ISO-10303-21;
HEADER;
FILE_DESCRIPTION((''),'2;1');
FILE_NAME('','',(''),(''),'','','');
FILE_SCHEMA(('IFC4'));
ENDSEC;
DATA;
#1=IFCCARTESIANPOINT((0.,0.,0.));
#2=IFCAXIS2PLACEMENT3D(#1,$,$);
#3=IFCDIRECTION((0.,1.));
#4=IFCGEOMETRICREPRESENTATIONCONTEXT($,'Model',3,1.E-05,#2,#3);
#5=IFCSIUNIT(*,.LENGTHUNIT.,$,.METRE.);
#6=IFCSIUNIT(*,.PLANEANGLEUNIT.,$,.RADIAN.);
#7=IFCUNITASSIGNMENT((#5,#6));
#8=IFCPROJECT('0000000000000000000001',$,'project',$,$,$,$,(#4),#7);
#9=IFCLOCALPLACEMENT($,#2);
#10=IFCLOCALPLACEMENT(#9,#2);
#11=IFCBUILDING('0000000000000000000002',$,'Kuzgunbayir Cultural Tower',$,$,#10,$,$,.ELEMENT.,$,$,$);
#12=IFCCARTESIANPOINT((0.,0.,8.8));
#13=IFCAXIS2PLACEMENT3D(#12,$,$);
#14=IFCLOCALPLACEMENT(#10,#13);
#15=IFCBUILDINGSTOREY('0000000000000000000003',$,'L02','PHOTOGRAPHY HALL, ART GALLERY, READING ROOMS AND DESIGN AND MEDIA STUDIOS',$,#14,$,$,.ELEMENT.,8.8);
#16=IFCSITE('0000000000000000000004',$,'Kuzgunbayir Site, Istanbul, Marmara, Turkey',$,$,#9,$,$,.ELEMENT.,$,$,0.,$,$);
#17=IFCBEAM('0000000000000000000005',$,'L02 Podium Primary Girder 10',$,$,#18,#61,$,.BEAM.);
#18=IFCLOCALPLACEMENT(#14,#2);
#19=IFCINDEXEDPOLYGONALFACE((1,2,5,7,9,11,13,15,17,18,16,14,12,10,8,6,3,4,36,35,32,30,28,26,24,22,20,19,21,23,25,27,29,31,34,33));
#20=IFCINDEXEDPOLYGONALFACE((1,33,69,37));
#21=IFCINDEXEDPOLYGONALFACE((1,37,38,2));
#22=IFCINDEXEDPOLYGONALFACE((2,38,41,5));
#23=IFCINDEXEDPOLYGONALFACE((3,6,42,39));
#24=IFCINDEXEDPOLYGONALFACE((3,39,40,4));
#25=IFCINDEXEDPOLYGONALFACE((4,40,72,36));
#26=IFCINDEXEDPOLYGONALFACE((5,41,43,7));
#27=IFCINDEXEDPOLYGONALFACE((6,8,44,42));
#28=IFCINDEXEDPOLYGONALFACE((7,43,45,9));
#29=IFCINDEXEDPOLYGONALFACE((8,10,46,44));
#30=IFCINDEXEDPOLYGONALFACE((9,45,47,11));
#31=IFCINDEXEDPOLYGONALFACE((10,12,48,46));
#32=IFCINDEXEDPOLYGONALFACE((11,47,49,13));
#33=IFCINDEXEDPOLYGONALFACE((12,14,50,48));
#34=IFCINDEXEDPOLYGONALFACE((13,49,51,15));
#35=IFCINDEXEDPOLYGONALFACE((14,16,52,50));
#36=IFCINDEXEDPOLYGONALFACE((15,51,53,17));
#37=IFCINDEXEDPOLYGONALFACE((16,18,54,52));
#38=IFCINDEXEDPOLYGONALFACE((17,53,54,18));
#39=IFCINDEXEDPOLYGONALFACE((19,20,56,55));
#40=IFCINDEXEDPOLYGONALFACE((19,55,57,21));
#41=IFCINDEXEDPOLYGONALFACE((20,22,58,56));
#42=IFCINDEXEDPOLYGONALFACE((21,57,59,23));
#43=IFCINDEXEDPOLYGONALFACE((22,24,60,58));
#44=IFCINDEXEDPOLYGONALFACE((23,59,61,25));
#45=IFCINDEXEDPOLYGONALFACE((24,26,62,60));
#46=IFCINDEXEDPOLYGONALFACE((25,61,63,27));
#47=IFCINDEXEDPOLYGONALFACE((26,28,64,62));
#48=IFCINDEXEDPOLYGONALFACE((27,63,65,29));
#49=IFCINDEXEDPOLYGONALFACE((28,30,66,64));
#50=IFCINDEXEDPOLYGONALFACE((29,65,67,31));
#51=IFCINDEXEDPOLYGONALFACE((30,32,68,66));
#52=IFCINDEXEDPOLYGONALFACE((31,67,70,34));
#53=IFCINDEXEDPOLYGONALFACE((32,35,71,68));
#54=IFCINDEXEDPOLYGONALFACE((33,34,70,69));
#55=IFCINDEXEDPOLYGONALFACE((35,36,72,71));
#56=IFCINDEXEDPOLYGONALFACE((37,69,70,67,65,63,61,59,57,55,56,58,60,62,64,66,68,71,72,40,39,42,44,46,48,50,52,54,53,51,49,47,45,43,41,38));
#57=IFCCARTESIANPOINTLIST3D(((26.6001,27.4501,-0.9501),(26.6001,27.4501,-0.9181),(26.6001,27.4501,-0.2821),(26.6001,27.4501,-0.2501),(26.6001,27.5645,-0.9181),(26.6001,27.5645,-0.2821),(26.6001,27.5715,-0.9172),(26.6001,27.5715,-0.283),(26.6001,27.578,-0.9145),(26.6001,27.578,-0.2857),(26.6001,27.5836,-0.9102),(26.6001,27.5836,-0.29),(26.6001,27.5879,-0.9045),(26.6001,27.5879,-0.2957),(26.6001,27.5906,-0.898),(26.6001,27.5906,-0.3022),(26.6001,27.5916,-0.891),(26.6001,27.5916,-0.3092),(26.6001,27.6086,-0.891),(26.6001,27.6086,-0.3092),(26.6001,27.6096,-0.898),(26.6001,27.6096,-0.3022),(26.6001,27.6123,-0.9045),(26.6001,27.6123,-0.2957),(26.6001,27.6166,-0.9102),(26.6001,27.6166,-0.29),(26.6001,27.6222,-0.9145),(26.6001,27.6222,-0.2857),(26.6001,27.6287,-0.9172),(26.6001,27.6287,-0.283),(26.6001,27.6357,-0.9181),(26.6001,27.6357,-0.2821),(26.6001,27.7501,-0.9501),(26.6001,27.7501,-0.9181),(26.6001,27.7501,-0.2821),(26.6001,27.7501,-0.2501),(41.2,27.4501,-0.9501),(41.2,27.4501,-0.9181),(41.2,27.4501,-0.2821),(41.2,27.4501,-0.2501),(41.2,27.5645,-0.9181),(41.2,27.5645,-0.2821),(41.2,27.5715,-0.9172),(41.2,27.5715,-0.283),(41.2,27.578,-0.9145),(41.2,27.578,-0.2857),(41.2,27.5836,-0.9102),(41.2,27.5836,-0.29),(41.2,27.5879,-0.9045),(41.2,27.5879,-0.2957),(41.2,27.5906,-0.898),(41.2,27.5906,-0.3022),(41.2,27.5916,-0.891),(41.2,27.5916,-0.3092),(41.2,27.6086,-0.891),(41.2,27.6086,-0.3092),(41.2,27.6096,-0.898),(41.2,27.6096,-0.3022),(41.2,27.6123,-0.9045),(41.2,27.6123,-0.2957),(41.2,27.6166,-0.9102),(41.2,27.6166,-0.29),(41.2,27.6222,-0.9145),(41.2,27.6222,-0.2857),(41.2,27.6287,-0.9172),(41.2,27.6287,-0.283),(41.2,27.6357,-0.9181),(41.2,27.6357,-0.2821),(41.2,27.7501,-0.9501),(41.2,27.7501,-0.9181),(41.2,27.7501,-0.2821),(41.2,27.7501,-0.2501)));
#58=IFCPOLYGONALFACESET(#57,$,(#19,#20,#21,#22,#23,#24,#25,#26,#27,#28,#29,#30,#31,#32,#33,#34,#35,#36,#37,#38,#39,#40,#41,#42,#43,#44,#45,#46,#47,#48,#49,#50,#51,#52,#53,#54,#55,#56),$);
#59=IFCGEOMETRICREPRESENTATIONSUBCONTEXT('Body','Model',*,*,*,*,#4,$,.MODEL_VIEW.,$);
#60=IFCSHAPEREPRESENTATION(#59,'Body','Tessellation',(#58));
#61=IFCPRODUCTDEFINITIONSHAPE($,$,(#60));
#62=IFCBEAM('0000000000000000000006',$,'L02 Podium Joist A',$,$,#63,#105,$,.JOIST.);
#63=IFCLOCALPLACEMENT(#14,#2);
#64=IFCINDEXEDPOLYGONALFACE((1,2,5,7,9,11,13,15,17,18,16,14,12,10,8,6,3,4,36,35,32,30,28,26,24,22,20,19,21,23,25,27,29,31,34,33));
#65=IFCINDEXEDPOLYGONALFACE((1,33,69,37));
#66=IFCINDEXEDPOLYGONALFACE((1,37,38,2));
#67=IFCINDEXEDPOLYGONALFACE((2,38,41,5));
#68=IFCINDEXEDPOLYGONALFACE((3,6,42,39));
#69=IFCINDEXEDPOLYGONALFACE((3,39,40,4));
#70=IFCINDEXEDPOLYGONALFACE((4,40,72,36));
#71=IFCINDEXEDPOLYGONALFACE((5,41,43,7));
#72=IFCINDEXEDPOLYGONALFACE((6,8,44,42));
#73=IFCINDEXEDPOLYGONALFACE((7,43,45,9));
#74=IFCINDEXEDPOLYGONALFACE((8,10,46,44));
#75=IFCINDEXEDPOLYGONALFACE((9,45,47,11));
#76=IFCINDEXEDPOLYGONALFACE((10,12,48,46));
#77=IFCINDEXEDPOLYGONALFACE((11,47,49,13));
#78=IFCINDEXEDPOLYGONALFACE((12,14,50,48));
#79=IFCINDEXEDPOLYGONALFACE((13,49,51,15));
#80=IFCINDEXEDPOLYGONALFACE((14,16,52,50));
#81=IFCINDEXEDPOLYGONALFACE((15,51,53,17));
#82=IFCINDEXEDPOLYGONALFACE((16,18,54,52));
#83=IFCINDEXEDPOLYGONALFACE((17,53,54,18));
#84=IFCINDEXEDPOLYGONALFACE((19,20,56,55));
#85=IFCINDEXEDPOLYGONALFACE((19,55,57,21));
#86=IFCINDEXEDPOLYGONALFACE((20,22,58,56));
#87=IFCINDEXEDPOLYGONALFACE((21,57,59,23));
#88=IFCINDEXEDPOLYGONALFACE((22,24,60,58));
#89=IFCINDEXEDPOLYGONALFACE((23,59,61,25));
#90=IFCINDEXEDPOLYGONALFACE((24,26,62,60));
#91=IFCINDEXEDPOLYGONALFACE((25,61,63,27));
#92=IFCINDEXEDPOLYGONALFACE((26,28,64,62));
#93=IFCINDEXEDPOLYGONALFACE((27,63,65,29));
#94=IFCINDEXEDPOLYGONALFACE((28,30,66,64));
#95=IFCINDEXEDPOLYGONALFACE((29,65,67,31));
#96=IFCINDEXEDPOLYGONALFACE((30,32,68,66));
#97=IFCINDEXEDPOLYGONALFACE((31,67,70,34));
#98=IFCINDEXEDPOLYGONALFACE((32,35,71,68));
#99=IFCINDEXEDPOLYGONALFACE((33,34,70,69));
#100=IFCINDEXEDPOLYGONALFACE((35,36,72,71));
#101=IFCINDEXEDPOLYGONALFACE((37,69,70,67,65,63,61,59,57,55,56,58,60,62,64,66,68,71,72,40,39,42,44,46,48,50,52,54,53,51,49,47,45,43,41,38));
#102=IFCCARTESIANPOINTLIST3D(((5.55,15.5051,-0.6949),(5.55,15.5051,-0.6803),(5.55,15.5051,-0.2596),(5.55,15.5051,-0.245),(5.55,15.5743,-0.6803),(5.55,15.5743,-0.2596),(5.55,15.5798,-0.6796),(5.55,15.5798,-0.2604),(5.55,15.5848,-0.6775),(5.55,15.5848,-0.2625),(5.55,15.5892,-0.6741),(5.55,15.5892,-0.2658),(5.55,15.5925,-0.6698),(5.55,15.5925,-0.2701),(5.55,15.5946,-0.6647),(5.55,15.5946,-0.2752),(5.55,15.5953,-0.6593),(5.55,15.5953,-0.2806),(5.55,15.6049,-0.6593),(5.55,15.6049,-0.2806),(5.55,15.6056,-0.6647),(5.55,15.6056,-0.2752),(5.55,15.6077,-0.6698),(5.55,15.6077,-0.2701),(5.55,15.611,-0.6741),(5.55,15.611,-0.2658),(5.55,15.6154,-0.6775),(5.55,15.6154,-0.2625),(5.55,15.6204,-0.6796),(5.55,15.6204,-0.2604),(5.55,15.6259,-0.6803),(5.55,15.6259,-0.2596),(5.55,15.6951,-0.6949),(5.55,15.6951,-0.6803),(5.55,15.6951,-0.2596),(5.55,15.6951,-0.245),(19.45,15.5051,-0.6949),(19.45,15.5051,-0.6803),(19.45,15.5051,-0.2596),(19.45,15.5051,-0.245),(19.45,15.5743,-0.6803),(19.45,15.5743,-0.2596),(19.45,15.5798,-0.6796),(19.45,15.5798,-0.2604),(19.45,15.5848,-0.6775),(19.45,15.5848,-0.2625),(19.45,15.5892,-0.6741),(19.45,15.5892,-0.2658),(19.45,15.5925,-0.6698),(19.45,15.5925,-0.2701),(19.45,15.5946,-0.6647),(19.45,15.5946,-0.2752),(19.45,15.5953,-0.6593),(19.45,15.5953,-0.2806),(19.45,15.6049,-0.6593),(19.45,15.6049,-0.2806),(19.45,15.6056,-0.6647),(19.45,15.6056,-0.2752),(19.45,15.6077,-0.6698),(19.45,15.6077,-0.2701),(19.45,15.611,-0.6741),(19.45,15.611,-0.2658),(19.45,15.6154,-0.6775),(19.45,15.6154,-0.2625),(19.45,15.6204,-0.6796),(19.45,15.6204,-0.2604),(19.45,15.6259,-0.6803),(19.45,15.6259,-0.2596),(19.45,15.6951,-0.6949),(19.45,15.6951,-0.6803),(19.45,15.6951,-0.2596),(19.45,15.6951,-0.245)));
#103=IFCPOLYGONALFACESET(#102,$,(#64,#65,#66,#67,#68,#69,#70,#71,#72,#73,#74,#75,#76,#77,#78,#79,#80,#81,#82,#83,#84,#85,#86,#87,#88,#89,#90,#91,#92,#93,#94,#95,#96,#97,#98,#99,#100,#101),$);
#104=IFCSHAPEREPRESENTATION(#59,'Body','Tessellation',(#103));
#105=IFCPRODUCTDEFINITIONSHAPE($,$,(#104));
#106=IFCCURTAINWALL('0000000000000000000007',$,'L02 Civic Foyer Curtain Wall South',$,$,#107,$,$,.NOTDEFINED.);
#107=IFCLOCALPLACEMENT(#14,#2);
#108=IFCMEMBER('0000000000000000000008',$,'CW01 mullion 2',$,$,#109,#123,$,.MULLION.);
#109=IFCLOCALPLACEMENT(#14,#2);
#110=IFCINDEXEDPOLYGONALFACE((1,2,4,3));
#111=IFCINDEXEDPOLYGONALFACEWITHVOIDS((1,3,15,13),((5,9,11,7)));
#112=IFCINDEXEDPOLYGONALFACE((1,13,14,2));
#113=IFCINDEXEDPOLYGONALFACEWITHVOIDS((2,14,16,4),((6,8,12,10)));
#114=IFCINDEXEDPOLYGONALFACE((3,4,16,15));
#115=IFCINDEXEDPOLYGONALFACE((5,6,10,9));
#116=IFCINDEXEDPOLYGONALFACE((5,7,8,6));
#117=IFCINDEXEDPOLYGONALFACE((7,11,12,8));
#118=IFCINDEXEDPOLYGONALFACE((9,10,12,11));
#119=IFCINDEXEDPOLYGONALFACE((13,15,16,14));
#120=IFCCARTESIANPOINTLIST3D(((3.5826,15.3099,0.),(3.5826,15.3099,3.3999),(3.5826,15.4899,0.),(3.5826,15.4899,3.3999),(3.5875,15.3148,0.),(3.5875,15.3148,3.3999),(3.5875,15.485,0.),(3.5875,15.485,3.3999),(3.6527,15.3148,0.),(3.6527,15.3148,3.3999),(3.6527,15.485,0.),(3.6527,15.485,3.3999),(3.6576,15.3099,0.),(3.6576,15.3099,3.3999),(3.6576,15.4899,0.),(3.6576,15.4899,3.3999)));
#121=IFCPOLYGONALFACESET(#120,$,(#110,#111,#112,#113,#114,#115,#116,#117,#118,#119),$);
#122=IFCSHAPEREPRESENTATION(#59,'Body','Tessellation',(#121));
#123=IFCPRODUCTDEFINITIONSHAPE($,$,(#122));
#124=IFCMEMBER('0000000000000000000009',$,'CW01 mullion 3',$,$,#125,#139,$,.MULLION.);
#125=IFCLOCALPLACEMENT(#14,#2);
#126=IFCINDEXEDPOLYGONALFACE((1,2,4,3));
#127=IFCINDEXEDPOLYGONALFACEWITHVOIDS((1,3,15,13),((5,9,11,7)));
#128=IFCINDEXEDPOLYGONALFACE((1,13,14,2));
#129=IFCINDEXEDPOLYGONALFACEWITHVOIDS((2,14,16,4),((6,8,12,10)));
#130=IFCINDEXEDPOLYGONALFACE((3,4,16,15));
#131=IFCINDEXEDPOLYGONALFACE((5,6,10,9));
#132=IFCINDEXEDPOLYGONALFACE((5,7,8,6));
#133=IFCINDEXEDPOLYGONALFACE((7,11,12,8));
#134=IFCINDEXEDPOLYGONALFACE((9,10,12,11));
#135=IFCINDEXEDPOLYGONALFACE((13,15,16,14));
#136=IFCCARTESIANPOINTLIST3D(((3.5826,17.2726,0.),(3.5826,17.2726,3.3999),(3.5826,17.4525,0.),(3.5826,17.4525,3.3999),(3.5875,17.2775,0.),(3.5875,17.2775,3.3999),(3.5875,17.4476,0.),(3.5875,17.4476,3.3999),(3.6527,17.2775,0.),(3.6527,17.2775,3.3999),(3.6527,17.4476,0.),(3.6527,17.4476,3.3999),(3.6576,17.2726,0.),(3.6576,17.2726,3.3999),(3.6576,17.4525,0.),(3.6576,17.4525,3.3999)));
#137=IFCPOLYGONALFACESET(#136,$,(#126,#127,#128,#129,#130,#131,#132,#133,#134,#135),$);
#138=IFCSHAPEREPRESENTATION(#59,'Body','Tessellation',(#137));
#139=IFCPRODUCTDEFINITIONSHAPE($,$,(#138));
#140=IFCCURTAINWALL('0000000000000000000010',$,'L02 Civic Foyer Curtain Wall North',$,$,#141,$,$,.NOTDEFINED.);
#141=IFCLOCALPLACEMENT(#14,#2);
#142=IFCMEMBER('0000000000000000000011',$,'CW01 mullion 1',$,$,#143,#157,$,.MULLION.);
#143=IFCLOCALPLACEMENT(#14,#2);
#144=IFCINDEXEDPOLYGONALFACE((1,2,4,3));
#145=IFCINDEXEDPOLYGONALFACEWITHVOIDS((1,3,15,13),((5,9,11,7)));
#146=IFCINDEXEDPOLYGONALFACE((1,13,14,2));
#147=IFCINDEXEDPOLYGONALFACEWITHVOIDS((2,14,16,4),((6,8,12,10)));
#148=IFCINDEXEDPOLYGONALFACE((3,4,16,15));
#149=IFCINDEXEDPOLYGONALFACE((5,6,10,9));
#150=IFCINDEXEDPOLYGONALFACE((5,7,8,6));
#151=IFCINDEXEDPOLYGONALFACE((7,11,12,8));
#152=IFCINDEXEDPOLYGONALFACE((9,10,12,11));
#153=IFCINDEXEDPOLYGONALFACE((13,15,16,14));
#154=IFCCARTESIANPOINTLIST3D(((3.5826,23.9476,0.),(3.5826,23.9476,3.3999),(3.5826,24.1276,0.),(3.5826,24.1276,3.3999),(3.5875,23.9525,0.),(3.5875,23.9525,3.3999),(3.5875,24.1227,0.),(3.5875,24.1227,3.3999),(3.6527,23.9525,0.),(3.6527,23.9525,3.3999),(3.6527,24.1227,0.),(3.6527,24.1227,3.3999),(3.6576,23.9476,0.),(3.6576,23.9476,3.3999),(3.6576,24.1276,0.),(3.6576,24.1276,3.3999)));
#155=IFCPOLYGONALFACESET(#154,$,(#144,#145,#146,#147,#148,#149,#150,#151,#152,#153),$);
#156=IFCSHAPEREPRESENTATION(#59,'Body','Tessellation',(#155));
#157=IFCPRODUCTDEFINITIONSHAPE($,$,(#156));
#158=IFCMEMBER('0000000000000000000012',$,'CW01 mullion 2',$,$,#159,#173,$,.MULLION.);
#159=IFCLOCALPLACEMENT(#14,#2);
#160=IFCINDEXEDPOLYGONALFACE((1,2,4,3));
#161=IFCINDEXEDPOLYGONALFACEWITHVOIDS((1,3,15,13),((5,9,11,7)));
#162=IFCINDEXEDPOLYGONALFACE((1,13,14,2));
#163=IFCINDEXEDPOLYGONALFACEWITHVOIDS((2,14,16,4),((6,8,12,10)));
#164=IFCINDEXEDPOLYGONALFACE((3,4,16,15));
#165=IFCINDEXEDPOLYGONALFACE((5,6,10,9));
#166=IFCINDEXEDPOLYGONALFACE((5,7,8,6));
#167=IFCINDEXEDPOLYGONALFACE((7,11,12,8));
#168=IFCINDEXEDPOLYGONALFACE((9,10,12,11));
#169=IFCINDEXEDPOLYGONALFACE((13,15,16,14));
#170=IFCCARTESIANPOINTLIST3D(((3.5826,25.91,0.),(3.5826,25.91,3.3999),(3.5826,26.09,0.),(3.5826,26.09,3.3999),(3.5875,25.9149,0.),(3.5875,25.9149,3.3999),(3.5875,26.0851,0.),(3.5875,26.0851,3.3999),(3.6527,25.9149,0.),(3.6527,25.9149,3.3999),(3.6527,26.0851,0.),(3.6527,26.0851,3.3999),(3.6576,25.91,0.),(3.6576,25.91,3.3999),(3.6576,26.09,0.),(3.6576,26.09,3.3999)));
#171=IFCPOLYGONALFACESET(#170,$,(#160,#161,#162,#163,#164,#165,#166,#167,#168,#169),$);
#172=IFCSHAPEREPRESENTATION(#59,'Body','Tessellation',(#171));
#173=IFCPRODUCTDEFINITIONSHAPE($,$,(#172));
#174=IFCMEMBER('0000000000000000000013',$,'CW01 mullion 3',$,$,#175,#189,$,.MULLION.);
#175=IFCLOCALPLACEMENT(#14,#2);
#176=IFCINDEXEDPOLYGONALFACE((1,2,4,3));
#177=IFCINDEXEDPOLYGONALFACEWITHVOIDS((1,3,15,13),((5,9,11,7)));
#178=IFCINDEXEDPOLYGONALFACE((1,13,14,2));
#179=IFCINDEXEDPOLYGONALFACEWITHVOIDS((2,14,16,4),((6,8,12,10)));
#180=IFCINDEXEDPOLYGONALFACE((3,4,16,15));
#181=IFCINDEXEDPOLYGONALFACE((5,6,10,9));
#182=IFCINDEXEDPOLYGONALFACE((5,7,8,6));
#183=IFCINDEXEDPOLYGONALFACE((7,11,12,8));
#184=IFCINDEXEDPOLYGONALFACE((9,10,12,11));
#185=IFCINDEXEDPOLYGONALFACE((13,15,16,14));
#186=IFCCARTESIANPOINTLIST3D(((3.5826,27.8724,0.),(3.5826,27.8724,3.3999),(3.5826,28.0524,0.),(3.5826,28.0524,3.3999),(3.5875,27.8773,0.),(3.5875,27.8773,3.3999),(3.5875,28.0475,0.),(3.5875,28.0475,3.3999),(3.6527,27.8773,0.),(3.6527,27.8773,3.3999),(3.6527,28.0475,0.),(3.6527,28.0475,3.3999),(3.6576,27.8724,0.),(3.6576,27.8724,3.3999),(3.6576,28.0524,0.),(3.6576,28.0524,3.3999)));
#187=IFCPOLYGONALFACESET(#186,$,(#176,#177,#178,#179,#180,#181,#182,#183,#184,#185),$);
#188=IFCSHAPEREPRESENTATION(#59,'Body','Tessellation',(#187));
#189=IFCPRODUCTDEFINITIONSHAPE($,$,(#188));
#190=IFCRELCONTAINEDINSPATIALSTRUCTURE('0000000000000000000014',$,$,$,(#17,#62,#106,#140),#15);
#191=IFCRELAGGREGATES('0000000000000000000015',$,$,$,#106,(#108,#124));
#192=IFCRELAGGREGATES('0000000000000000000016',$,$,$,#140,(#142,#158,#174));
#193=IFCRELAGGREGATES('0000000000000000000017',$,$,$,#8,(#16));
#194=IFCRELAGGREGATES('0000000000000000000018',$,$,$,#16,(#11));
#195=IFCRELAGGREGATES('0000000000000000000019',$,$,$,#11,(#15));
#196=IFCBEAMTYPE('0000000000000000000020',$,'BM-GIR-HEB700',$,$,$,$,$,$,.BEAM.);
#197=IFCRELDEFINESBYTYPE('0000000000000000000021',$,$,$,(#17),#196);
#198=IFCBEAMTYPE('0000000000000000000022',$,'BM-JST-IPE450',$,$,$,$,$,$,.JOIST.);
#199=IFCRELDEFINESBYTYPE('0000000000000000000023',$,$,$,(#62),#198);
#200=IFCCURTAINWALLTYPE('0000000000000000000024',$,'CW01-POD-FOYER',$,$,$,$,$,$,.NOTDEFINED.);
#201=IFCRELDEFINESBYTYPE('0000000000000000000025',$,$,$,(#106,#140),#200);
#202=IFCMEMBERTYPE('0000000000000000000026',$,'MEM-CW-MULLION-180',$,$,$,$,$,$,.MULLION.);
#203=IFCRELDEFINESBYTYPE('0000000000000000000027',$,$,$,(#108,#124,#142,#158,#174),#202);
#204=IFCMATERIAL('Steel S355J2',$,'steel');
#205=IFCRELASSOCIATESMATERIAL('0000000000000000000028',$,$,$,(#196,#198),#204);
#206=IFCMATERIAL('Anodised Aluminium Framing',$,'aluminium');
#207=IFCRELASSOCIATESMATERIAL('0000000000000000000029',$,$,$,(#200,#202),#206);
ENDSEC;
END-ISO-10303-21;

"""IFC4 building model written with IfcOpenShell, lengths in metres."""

from ifc_helpers import new_model, si_unit, direction, frame, origin, origin_2d, place, context, subcontext, project, spatial, hollow_rectangle, i_section, extrude, material, material_profile, profile_set, type_object, element, aggregate, save


model = new_model("IFC4")

# Units and contexts
model_context = context("Model", 3, precision=1e-05, world=origin(), true_north=direction((0.0, 1.0)))
body_context = subcontext(model_context, "Body", "Model", "MODEL_VIEW")
ifc_project = project(units=[si_unit("LENGTHUNIT", "METRE"), si_unit("PLANEANGLEUNIT", "RADIAN")], contexts=[model_context])

# Site, building, storey
site_placement = place(None, origin())
site = spatial("IfcSite", under=ifc_project, at=site_placement, Name="Kuzgunbayir Site, Istanbul, Marmara, Turkey", CompositionType="ELEMENT", RefElevation=0.0)
building_placement = place(site_placement, origin())
building = spatial("IfcBuilding", under=site, at=building_placement, Name="Kuzgunbayir Cultural Tower", CompositionType="ELEMENT")
storey_placement = place(building_placement, frame((0.0, 0.0, 8.8)))
storey = spatial("IfcBuildingStorey", under=building, at=storey_placement, Name="L02", Description="PHOTOGRAPHY HALL, ART GALLERY, READING ROOMS AND DESIGN AND MEDIA STUDIOS", CompositionType="ELEMENT", Elevation=8.8)

# Beams
ifc_material_1 = material(Name="Steel S355J2", Category="steel")
ifc_material_profile_1 = material_profile(ifc_material_1, i_section(OverallWidth=0.3, OverallDepth=0.7, WebThickness=0.0171, FlangeThickness=0.032, FilletRadius=0.0271, at=origin_2d()), Name="HEB 700")
ifc_profile_set_1 = profile_set([ifc_material_profile_1], Name="Steel S355J2")
beam_type_1 = type_object("IfcBeamType", Name="BM-GIR-HEB700", PredefinedType="BEAM", material=ifc_profile_set_1)
beam_1_placement = place(storey_placement, frame((26.6001, 27.6001, -0.6001), z_axis=(1.0, 0.0, 0.0), x_axis=(0.0, 1.0, 0.0)))
element("IfcBeam", 1, at=beam_1_placement, inside=storey, type_object=beam_type_1, Name="L02 Podium Primary Girder 10", PredefinedType="BEAM", context=body_context, shape_type="SweptSolid", body=[
    extrude(i_section(OverallWidth=0.3, OverallDepth=0.7, WebThickness=0.0171, FlangeThickness=0.032, FilletRadius=0.0271, at=origin_2d()), origin(), (0.0, 0.0, 1.0), 14.5999),
])
ifc_material_profile_2 = material_profile(ifc_material_1, i_section(OverallWidth=0.1899, OverallDepth=0.45, WebThickness=0.0095, FlangeThickness=0.0146, FilletRadius=0.021, at=origin_2d()), Name="IPE 450")
ifc_profile_set_2 = profile_set([ifc_material_profile_2], Name="Steel S355J2")
beam_type_2 = type_object("IfcBeamType", Name="BM-JST-IPE450", PredefinedType="JOIST", material=ifc_profile_set_2)
beam_2_placement = place(storey_placement, frame((5.55, 15.6001, -0.47), z_axis=(1.0, 0.0, 0.0), x_axis=(0.0, 1.0, 0.0)))
element("IfcBeam", 2, at=beam_2_placement, inside=storey, type_object=beam_type_2, Name="L02 Podium Joist A", PredefinedType="JOIST", context=body_context, shape_type="SweptSolid", body=[
    extrude(i_section(OverallWidth=0.1899, OverallDepth=0.45, WebThickness=0.0095, FlangeThickness=0.0146, FilletRadius=0.021, at=origin_2d()), origin(), (0.0, 0.0, 1.0), 13.8999),
])

# Curtain walls, members
ifc_material_2 = material(Name="Anodised Aluminium Framing", Category="aluminium")
curtain_wall_type = type_object("IfcCurtainWallType", Name="CW01-POD-FOYER", PredefinedType="NOTDEFINED", material=ifc_material_2)
curtain_wall_1_placement = place(storey_placement, origin())
curtain_wall_1 = element("IfcCurtainWall", 3, at=curtain_wall_1_placement, inside=storey, type_object=curtain_wall_type, Name="L02 Civic Foyer Curtain Wall South", PredefinedType="NOTDEFINED")
ifc_material_profile_3 = material_profile(ifc_material_2, hollow_rectangle(XDim=0.075, YDim=0.1799, WallThickness=0.0049, at=origin_2d()), Name="RHS 180x75x5")
ifc_profile_set_3 = profile_set([ifc_material_profile_3], Name="Anodised Aluminium Framing")
member_type_1 = type_object("IfcMemberType", Name="MEM-CW-MULLION-180", PredefinedType="MULLION", material=ifc_profile_set_3)
member_1_placement = place(storey_placement, frame((3.6201, 15.3999, 0.0), z_axis=(0.0, 0.0, 1.0), x_axis=(-1.0, 0.0, 0.0)))
member_1 = element("IfcMember", 4, at=member_1_placement, type_object=member_type_1, Name="CW01 mullion 2", PredefinedType="MULLION", context=body_context, shape_type="SweptSolid", body=[
    extrude(hollow_rectangle(XDim=0.075, YDim=0.1799, WallThickness=0.0049, at=origin_2d()), origin(), (0.0, 0.0, 1.0), 3.3999),
])
member_2_placement = place(storey_placement, frame((3.6201, 17.3625, 0.0), z_axis=(0.0, 0.0, 1.0), x_axis=(-1.0, 0.0, 0.0)))
member_2 = element("IfcMember", 5, at=member_2_placement, type_object=member_type_1, Name="CW01 mullion 3", PredefinedType="MULLION", context=body_context, shape_type="SweptSolid", body=[
    extrude(hollow_rectangle(XDim=0.075, YDim=0.1799, WallThickness=0.0049, at=origin_2d()), origin(), (0.0, 0.0, 1.0), 3.3999),
])
curtain_wall_2_placement = place(storey_placement, origin())
curtain_wall_2 = element("IfcCurtainWall", 6, at=curtain_wall_2_placement, inside=storey, type_object=curtain_wall_type, Name="L02 Civic Foyer Curtain Wall North", PredefinedType="NOTDEFINED")
member_3_placement = place(storey_placement, frame((3.6201, 24.0376, 0.0), z_axis=(0.0, 0.0, 1.0), x_axis=(-1.0, 0.0, 0.0)))
member_3 = element("IfcMember", 7, at=member_3_placement, type_object=member_type_1, Name="CW01 mullion 1", PredefinedType="MULLION", context=body_context, shape_type="SweptSolid", body=[
    extrude(hollow_rectangle(XDim=0.075, YDim=0.1799, WallThickness=0.0049, at=origin_2d()), origin(), (0.0, 0.0, 1.0), 3.3999),
])
member_4_placement = place(storey_placement, frame((3.6201, 26.0, 0.0), z_axis=(0.0, 0.0, 1.0), x_axis=(-1.0, 0.0, 0.0)))
member_4 = element("IfcMember", 8, at=member_4_placement, type_object=member_type_1, Name="CW01 mullion 2", PredefinedType="MULLION", context=body_context, shape_type="SweptSolid", body=[
    extrude(hollow_rectangle(XDim=0.075, YDim=0.1799, WallThickness=0.0049, at=origin_2d()), origin(), (0.0, 0.0, 1.0), 3.3999),
])
member_5_placement = place(storey_placement, frame((3.6201, 27.9624, 0.0), z_axis=(0.0, 0.0, 1.0), x_axis=(-1.0, 0.0, 0.0)))
member_5 = element("IfcMember", 9, at=member_5_placement, type_object=member_type_1, Name="CW01 mullion 3", PredefinedType="MULLION", context=body_context, shape_type="SweptSolid", body=[
    extrude(hollow_rectangle(XDim=0.075, YDim=0.1799, WallThickness=0.0049, at=origin_2d()), origin(), (0.0, 0.0, 1.0), 3.3999),
])

aggregate(curtain_wall_1, [member_1, member_2])
aggregate(curtain_wall_2, [member_3, member_4, member_5])

save(model, "model.ifc")
